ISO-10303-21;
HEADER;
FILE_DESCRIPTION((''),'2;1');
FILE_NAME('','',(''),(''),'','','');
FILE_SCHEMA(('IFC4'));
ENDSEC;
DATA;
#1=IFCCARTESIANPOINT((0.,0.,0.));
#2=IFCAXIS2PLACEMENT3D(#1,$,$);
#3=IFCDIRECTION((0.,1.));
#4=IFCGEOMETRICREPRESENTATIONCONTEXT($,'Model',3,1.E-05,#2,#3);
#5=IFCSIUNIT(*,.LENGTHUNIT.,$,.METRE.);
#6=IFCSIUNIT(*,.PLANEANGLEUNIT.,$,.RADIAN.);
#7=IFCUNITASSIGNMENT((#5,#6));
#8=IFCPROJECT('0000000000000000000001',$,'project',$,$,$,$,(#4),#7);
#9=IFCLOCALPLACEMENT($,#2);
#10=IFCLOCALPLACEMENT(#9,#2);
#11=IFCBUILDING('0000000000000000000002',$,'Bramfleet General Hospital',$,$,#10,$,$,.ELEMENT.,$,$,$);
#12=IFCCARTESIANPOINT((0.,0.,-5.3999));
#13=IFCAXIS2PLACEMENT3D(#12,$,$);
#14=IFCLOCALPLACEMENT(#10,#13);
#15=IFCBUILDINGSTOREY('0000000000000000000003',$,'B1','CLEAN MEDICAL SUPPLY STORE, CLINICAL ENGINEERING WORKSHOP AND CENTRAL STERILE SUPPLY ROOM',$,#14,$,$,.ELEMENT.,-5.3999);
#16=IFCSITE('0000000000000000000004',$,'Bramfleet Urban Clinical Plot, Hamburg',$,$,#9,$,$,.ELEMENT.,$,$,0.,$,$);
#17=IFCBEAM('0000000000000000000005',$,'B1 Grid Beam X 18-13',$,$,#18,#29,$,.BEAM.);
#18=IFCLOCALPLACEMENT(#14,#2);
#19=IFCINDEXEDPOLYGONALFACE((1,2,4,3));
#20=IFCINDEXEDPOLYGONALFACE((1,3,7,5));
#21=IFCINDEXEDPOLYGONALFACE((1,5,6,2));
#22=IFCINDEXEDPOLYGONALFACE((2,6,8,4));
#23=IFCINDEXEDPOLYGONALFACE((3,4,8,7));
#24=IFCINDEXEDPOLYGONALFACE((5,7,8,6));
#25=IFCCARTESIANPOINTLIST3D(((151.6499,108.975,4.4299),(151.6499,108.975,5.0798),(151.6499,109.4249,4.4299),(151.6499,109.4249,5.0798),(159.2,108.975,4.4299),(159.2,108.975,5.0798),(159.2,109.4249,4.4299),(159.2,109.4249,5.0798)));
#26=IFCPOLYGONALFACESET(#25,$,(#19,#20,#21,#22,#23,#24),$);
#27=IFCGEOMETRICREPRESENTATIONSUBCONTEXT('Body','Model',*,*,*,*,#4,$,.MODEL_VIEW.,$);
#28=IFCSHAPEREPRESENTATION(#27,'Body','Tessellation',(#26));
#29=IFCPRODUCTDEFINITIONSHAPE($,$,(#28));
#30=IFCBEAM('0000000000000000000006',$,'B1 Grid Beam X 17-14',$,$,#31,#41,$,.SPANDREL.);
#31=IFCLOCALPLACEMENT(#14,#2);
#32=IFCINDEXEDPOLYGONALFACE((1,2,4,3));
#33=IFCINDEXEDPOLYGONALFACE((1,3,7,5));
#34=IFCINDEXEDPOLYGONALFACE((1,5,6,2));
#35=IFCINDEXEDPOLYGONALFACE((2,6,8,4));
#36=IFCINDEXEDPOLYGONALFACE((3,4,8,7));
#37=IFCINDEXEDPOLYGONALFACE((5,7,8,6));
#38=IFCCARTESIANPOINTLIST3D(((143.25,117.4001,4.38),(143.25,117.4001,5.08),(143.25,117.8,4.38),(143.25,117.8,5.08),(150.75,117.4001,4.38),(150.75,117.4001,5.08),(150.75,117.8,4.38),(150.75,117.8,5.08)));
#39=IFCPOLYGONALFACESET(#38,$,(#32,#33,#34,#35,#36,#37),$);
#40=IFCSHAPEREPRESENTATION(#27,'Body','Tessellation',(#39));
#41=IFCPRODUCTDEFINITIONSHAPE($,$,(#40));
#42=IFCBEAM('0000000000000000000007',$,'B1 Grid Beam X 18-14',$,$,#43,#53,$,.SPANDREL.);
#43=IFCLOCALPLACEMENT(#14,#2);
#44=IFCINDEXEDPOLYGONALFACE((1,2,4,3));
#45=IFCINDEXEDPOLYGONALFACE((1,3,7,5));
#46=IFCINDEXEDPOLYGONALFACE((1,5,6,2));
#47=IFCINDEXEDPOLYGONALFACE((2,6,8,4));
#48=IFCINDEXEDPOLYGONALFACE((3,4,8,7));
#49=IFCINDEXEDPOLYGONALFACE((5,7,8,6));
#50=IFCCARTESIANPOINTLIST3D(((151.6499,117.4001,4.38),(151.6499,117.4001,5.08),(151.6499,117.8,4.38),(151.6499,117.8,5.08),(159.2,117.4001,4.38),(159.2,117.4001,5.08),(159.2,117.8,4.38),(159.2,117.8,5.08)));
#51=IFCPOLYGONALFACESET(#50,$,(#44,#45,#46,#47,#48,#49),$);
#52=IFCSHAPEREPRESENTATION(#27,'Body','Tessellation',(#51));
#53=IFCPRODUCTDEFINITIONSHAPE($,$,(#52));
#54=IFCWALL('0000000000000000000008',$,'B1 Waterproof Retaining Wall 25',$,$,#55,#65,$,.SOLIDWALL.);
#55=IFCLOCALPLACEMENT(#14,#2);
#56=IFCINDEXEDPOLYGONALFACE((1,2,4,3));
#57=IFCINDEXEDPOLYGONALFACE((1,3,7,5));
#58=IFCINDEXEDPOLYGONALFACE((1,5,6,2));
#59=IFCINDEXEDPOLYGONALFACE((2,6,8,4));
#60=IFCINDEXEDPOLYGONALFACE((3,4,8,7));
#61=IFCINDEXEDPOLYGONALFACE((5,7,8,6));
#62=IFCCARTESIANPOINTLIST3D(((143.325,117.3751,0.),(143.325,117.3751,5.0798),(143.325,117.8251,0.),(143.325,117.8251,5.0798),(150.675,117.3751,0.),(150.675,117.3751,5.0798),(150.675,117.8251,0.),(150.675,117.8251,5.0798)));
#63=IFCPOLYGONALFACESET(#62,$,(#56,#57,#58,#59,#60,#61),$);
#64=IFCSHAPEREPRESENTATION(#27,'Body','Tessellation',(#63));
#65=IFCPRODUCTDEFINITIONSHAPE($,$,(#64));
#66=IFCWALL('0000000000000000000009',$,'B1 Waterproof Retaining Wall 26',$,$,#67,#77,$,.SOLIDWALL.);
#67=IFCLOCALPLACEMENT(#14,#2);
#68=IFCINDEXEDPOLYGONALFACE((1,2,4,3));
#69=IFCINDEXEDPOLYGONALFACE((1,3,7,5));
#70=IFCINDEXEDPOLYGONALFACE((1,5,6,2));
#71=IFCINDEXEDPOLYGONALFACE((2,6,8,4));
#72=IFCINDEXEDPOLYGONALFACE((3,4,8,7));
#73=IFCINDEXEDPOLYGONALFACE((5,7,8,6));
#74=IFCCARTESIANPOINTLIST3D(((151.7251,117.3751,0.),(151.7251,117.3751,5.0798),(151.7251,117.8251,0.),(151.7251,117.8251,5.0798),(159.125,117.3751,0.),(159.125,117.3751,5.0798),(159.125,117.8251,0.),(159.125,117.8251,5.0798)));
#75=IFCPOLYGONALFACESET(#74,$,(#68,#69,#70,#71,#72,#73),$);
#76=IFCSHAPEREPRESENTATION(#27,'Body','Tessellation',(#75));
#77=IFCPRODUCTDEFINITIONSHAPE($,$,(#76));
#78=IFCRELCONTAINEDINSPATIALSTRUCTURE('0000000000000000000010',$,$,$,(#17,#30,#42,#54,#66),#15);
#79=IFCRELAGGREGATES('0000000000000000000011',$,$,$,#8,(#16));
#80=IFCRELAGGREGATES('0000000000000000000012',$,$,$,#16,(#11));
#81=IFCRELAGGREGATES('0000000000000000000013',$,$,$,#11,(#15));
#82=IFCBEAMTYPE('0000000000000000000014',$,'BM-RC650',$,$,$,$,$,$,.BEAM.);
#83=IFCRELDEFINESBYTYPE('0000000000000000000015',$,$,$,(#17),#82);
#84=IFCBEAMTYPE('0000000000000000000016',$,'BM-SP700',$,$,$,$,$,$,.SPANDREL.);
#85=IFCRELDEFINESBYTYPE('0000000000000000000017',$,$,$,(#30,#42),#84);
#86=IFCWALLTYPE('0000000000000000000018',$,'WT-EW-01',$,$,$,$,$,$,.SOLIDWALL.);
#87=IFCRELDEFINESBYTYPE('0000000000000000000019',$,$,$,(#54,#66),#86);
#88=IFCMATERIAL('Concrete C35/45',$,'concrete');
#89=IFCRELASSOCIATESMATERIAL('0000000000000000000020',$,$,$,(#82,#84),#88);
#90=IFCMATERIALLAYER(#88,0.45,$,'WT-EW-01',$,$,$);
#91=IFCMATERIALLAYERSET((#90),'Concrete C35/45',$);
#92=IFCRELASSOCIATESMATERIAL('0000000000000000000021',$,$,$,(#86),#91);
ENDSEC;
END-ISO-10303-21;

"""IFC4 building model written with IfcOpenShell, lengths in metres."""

from ifc_helpers import new_model, si_unit, direction, frame, frame_2d, origin, origin_2d, place, context, subcontext, project, spatial, rectangle, extrude, material, layer, layer_set, material_profile, profile_set, type_object, element, save


model = new_model("IFC4")

# Units and contexts
model_context = context("Model", 3, precision=1e-05, world=origin(), true_north=direction((0.0, 1.0)))
body_context = subcontext(model_context, "Body", "Model", "MODEL_VIEW")
ifc_project = project(units=[si_unit("LENGTHUNIT", "METRE"), si_unit("PLANEANGLEUNIT", "RADIAN")], contexts=[model_context])

# Site, building, storey
site_placement = place(None, origin())
site = spatial("IfcSite", under=ifc_project, at=site_placement, Name="Bramfleet Urban Clinical Plot, Hamburg", CompositionType="ELEMENT", RefElevation=0.0)
building_placement = place(site_placement, origin())
building = spatial("IfcBuilding", under=site, at=building_placement, Name="Bramfleet General Hospital", CompositionType="ELEMENT")
storey_placement = place(building_placement, frame((0.0, 0.0, -5.3999)))
storey = spatial("IfcBuildingStorey", under=building, at=storey_placement, Name="B1", Description="CLEAN MEDICAL SUPPLY STORE, CLINICAL ENGINEERING WORKSHOP AND CENTRAL STERILE SUPPLY ROOM", CompositionType="ELEMENT", Elevation=-5.3999)

# Shared definitions
ifc_material_1 = material(Name="Concrete C35/45", Category="concrete")

# Beams
ifc_material_profile_1 = material_profile(ifc_material_1, rectangle(XDim=0.45, YDim=0.6499, at=origin_2d()), Name="RC BM 650x450")
ifc_profile_set_1 = profile_set([ifc_material_profile_1], Name="Concrete C35/45")
beam_type_1 = type_object("IfcBeamType", Name="BM-RC650", PredefinedType="BEAM", material=ifc_profile_set_1)
beam_1_placement = place(storey_placement, frame((151.6499, 109.2, 4.7549), z_axis=(1.0, 0.0, 0.0), x_axis=(0.0, 1.0, 0.0)))
element("IfcBeam", 1, at=beam_1_placement, inside=storey, type_object=beam_type_1, Name="B1 Grid Beam X 18-13", PredefinedType="BEAM", context=body_context, shape_type="SweptSolid", body=[
    extrude(rectangle(XDim=0.45, YDim=0.6499, at=origin_2d()), origin(), (0.0, 0.0, 1.0), 7.55),
])
ifc_material_profile_2 = material_profile(ifc_material_1, rectangle(XDim=0.3999, YDim=0.7, at=origin_2d()), Name="RC SP 700x400")
ifc_profile_set_2 = profile_set([ifc_material_profile_2], Name="Concrete C35/45")
beam_type_2 = type_object("IfcBeamType", Name="BM-SP700", PredefinedType="SPANDREL", material=ifc_profile_set_2)
beam_2_placement = place(storey_placement, frame((143.25, 117.6001, 4.73), z_axis=(1.0, 0.0, 0.0), x_axis=(0.0, 1.0, 0.0)))
element("IfcBeam", 2, at=beam_2_placement, inside=storey, type_object=beam_type_2, Name="B1 Grid Beam X 17-14", PredefinedType="SPANDREL", context=body_context, shape_type="SweptSolid", body=[
    extrude(rectangle(XDim=0.3999, YDim=0.7, at=origin_2d()), origin(), (0.0, 0.0, 1.0), 7.5),
])
beam_3_placement = place(storey_placement, frame((151.6499, 117.6001, 4.73), z_axis=(1.0, 0.0, 0.0), x_axis=(0.0, 1.0, 0.0)))
element("IfcBeam", 3, at=beam_3_placement, inside=storey, type_object=beam_type_2, Name="B1 Grid Beam X 18-14", PredefinedType="SPANDREL", context=body_context, shape_type="SweptSolid", body=[
    extrude(rectangle(XDim=0.3999, YDim=0.7, at=origin_2d()), origin(), (0.0, 0.0, 1.0), 7.55),
])

# Walls
ifc_layer = layer(ifc_material_1, 0.45, Name="WT-EW-01")
ifc_layer_set = layer_set([ifc_layer], Name="Concrete C35/45")
wall_type = type_object("IfcWallType", Name="WT-EW-01", PredefinedType="SOLIDWALL", material=ifc_layer_set)
wall_1_placement = place(storey_placement, frame((143.325, 117.6001, 0.0), z_axis=(0.0, 0.0, 1.0), x_axis=(1.0, 0.0, 0.0)))
element("IfcWall", 4, at=wall_1_placement, inside=storey, type_object=wall_type, Name="B1 Waterproof Retaining Wall 25", PredefinedType="SOLIDWALL", context=body_context, shape_type="SweptSolid", body=[
    extrude(rectangle(XDim=7.3501, YDim=0.45, at=frame_2d((3.675, 0.0))), origin(), (0.0, 0.0, 1.0), 5.0798),
])
wall_2_placement = place(storey_placement, frame((151.7251, 117.6001, 0.0), z_axis=(0.0, 0.0, 1.0), x_axis=(1.0, 0.0, 0.0)))
element("IfcWall", 5, at=wall_2_placement, inside=storey, type_object=wall_type, Name="B1 Waterproof Retaining Wall 26", PredefinedType="SOLIDWALL", context=body_context, shape_type="SweptSolid", body=[
    extrude(rectangle(XDim=7.3999, YDim=0.45, at=frame_2d((3.7, 0.0))), origin(), (0.0, 0.0, 1.0), 5.0798),
])

save(model, "model.ifc")
